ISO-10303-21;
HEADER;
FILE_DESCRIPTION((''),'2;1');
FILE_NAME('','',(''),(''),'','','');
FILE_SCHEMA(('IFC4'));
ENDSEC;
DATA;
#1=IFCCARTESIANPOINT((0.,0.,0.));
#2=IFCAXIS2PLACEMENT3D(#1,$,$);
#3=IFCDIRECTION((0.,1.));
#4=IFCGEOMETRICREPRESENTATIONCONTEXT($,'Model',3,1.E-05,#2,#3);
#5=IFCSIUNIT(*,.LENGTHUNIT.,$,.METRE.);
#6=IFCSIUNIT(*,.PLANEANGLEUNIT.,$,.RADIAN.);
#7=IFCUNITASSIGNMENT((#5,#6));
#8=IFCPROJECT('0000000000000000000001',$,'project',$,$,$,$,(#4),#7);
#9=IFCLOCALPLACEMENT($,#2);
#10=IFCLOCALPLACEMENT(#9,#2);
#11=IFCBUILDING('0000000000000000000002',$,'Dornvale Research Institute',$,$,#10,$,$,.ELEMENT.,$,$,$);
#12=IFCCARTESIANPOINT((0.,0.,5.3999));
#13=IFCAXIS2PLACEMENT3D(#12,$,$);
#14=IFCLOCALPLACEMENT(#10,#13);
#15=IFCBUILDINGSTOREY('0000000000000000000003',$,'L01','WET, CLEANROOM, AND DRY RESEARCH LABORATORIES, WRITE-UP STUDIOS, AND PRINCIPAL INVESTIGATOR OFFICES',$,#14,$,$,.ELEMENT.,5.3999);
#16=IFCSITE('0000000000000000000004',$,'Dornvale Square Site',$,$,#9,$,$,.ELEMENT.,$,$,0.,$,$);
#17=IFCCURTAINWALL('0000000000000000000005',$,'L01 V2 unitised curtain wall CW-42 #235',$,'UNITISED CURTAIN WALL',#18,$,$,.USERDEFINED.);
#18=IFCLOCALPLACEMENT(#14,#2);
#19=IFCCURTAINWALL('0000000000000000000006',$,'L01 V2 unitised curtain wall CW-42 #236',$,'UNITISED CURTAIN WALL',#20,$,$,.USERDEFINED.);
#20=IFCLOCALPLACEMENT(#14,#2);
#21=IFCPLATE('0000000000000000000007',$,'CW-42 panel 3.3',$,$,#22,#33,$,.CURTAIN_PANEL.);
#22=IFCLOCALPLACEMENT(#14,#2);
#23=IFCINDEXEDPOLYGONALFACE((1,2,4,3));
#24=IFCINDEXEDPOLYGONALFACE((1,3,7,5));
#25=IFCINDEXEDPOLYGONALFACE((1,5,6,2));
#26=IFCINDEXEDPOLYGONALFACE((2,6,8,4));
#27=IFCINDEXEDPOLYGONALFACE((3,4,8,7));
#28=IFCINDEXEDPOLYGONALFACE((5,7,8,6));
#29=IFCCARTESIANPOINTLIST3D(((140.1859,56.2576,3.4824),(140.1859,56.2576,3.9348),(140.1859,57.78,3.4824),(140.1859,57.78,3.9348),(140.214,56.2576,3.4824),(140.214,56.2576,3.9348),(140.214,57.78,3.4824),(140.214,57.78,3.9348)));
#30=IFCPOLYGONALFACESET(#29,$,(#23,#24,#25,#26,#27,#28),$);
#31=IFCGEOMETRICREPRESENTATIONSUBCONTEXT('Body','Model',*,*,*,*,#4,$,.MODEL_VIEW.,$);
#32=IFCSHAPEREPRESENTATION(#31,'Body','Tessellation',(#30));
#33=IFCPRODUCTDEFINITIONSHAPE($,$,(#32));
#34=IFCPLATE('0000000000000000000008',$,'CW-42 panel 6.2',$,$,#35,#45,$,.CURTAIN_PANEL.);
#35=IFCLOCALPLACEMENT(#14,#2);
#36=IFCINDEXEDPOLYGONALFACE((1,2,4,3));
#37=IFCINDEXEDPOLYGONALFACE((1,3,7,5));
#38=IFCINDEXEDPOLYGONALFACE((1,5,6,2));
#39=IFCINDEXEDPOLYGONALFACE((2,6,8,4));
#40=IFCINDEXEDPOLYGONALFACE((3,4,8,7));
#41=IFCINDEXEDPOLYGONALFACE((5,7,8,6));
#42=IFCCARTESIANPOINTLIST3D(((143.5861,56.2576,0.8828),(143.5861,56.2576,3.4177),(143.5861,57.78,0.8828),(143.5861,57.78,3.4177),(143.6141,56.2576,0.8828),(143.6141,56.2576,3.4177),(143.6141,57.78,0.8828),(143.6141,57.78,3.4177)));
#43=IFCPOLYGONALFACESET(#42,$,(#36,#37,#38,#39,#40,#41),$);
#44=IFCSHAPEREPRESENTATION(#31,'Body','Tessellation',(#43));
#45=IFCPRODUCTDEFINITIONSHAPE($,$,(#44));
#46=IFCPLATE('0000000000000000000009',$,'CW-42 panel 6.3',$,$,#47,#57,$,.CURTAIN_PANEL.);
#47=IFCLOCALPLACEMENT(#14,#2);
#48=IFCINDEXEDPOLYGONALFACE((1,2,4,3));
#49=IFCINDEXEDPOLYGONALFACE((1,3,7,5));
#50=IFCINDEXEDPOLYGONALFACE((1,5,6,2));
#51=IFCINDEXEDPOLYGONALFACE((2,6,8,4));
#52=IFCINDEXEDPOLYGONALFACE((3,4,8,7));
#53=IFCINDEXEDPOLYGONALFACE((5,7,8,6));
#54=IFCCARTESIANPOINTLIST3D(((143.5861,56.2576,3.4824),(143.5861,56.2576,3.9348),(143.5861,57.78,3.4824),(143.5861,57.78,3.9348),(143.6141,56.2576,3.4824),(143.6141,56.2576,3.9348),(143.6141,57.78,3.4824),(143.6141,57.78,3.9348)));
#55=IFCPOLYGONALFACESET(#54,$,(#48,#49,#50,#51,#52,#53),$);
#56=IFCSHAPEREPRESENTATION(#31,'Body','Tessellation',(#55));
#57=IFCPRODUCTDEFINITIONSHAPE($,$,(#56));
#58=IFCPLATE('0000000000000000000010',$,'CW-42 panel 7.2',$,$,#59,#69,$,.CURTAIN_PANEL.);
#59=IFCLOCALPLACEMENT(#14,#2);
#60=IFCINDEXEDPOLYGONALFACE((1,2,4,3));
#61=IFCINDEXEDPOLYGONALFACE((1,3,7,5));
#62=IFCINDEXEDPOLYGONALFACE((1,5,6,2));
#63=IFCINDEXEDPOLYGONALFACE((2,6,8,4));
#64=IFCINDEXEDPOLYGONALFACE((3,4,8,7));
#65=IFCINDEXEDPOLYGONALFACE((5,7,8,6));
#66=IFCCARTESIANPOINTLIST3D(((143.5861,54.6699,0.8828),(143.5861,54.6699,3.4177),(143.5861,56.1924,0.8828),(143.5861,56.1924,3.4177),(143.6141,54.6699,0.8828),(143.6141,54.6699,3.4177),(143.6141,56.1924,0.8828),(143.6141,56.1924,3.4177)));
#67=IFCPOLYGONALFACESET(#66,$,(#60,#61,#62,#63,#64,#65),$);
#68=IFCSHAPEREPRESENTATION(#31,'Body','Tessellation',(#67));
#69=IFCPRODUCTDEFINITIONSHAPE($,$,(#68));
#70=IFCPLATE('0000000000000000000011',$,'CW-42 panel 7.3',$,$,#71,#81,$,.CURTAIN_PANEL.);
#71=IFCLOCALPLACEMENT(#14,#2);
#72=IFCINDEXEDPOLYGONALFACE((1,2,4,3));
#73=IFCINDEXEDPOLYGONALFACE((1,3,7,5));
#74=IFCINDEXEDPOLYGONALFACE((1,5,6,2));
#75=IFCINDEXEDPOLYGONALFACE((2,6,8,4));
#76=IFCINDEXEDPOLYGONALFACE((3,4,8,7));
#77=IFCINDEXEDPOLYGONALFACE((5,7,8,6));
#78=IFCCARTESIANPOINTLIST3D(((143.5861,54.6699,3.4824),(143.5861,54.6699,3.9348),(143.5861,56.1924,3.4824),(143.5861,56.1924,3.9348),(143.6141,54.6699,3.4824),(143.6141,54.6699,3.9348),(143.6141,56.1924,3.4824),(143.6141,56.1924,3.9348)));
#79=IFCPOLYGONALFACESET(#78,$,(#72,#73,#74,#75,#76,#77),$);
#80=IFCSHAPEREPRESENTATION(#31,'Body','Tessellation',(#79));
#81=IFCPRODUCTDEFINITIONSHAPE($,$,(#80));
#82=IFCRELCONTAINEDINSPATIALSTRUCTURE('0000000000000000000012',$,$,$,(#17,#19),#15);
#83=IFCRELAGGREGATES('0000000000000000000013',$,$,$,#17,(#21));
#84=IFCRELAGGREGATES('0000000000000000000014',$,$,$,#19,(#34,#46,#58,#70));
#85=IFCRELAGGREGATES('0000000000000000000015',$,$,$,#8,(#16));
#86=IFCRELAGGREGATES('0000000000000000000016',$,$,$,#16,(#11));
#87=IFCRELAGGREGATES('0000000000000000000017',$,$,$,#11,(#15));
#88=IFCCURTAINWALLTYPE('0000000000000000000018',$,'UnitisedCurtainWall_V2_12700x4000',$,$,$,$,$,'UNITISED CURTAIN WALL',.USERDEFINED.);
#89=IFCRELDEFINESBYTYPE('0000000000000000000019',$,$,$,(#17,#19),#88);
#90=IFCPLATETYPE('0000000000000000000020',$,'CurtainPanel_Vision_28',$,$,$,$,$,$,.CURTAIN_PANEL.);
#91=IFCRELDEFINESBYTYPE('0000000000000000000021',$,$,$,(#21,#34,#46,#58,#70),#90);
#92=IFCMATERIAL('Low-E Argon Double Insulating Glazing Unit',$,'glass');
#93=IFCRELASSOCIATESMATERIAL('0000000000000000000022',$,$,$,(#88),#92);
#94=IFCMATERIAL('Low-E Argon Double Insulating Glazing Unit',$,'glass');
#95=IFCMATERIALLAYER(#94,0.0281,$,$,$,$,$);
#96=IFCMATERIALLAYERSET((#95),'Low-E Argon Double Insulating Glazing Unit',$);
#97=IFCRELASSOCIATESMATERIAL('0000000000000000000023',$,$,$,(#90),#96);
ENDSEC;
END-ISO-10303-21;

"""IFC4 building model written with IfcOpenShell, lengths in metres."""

from ifc_helpers import new_model, si_unit, direction, frame, origin, origin_2d, place, context, subcontext, project, spatial, rectangle, extrude, material, layer, layer_set, type_object, element, aggregate, save


model = new_model("IFC4")

# Units and contexts
model_context = context("Model", 3, precision=1e-05, world=origin(), true_north=direction((0.0, 1.0)))
body_context = subcontext(model_context, "Body", "Model", "MODEL_VIEW")
ifc_project = project(units=[si_unit("LENGTHUNIT", "METRE"), si_unit("PLANEANGLEUNIT", "RADIAN")], contexts=[model_context])

# Site, building, storey
site_placement = place(None, origin())
site = spatial("IfcSite", under=ifc_project, at=site_placement, Name="Dornvale Square Site", CompositionType="ELEMENT", RefElevation=0.0)
building_placement = place(site_placement, origin())
building = spatial("IfcBuilding", under=site, at=building_placement, Name="Dornvale Research Institute", CompositionType="ELEMENT")
storey_placement = place(building_placement, frame((0.0, 0.0, 5.3999)))
storey = spatial("IfcBuildingStorey", under=building, at=storey_placement, Name="L01", Description="WET, CLEANROOM, AND DRY RESEARCH LABORATORIES, WRITE-UP STUDIOS, AND PRINCIPAL INVESTIGATOR OFFICES", CompositionType="ELEMENT", Elevation=5.3999)

# Curtain walls
ifc_material_1 = material(Name="Low-E Argon Double Insulating Glazing Unit", Category="glass")
curtain_wall_type = type_object("IfcCurtainWallType", Name="UnitisedCurtainWall_V2_12700x4000", ElementType="UNITISED CURTAIN WALL", PredefinedType="USERDEFINED", material=ifc_material_1)
curtain_wall_1_placement = place(storey_placement, origin())
curtain_wall_1 = element("IfcCurtainWall", 1, at=curtain_wall_1_placement, inside=storey, type_object=curtain_wall_type, Name="L01 V2 unitised curtain wall CW-42 #235", ObjectType="UNITISED CURTAIN WALL", PredefinedType="USERDEFINED")
curtain_wall_2_placement = place(storey_placement, origin())
curtain_wall_2 = element("IfcCurtainWall", 2, at=curtain_wall_2_placement, inside=storey, type_object=curtain_wall_type, Name="L01 V2 unitised curtain wall CW-42 #236", ObjectType="UNITISED CURTAIN WALL", PredefinedType="USERDEFINED")

# Plates
ifc_material_2 = material(Name="Low-E Argon Double Insulating Glazing Unit", Category="glass")
ifc_layer_1 = layer(ifc_material_2, 0.0281)
ifc_layer_set_1 = layer_set([ifc_layer_1], Name="Low-E Argon Double Insulating Glazing Unit")
plate_type_1 = type_object("IfcPlateType", Name="CurtainPanel_Vision_28", PredefinedType="CURTAIN_PANEL", material=ifc_layer_set_1)
plate_1_placement = place(storey_placement, frame((140.2, 57.0188, 3.4824), z_axis=(0.0, 0.0, 1.0), x_axis=(0.0, 1.0, 0.0)))
plate_1 = element("IfcPlate", 3, at=plate_1_placement, type_object=plate_type_1, Name="CW-42 panel 3.3", PredefinedType="CURTAIN_PANEL", context=body_context, shape_type="SweptSolid", body=[
    extrude(rectangle(XDim=1.5225, YDim=0.0281, at=origin_2d()), origin(), (0.0, 0.0, 1.0), 0.4524),
])
aggregate(curtain_wall_1, [plate_1])
plate_2_placement = place(storey_placement, frame((143.6001, 57.0188, 0.8828), z_axis=(0.0, 0.0, 1.0), x_axis=(0.0, -1.0, 0.0)))
plate_2 = element("IfcPlate", 4, at=plate_2_placement, type_object=plate_type_1, Name="CW-42 panel 6.2", PredefinedType="CURTAIN_PANEL", context=body_context, shape_type="SweptSolid", body=[
    extrude(rectangle(XDim=1.5225, YDim=0.0281, at=origin_2d()), origin(), (0.0, 0.0, 1.0), 2.5349),
])
plate_3_placement = place(storey_placement, frame((143.6001, 57.0188, 3.4824), z_axis=(0.0, 0.0, 1.0), x_axis=(0.0, -1.0, 0.0)))
plate_3 = element("IfcPlate", 5, at=plate_3_placement, type_object=plate_type_1, Name="CW-42 panel 6.3", PredefinedType="CURTAIN_PANEL", context=body_context, shape_type="SweptSolid", body=[
    extrude(rectangle(XDim=1.5225, YDim=0.0281, at=origin_2d()), origin(), (0.0, 0.0, 1.0), 0.4524),
])
plate_4_placement = place(storey_placement, frame((143.6001, 55.4312, 0.8828), z_axis=(0.0, 0.0, 1.0), x_axis=(0.0, -1.0, 0.0)))
plate_4 = element("IfcPlate", 6, at=plate_4_placement, type_object=plate_type_1, Name="CW-42 panel 7.2", PredefinedType="CURTAIN_PANEL", context=body_context, shape_type="SweptSolid", body=[
    extrude(rectangle(XDim=1.5225, YDim=0.0281, at=origin_2d()), origin(), (0.0, 0.0, 1.0), 2.5349),
])
plate_5_placement = place(storey_placement, frame((143.6001, 55.4312, 3.4824), z_axis=(0.0, 0.0, 1.0), x_axis=(0.0, -1.0, 0.0)))
plate_5 = element("IfcPlate", 7, at=plate_5_placement, type_object=plate_type_1, Name="CW-42 panel 7.3", PredefinedType="CURTAIN_PANEL", context=body_context, shape_type="SweptSolid", body=[
    extrude(rectangle(XDim=1.5225, YDim=0.0281, at=origin_2d()), origin(), (0.0, 0.0, 1.0), 0.4524),
])
aggregate(curtain_wall_2, [plate_2, plate_3, plate_4, plate_5])

save(model, "model.ifc")
